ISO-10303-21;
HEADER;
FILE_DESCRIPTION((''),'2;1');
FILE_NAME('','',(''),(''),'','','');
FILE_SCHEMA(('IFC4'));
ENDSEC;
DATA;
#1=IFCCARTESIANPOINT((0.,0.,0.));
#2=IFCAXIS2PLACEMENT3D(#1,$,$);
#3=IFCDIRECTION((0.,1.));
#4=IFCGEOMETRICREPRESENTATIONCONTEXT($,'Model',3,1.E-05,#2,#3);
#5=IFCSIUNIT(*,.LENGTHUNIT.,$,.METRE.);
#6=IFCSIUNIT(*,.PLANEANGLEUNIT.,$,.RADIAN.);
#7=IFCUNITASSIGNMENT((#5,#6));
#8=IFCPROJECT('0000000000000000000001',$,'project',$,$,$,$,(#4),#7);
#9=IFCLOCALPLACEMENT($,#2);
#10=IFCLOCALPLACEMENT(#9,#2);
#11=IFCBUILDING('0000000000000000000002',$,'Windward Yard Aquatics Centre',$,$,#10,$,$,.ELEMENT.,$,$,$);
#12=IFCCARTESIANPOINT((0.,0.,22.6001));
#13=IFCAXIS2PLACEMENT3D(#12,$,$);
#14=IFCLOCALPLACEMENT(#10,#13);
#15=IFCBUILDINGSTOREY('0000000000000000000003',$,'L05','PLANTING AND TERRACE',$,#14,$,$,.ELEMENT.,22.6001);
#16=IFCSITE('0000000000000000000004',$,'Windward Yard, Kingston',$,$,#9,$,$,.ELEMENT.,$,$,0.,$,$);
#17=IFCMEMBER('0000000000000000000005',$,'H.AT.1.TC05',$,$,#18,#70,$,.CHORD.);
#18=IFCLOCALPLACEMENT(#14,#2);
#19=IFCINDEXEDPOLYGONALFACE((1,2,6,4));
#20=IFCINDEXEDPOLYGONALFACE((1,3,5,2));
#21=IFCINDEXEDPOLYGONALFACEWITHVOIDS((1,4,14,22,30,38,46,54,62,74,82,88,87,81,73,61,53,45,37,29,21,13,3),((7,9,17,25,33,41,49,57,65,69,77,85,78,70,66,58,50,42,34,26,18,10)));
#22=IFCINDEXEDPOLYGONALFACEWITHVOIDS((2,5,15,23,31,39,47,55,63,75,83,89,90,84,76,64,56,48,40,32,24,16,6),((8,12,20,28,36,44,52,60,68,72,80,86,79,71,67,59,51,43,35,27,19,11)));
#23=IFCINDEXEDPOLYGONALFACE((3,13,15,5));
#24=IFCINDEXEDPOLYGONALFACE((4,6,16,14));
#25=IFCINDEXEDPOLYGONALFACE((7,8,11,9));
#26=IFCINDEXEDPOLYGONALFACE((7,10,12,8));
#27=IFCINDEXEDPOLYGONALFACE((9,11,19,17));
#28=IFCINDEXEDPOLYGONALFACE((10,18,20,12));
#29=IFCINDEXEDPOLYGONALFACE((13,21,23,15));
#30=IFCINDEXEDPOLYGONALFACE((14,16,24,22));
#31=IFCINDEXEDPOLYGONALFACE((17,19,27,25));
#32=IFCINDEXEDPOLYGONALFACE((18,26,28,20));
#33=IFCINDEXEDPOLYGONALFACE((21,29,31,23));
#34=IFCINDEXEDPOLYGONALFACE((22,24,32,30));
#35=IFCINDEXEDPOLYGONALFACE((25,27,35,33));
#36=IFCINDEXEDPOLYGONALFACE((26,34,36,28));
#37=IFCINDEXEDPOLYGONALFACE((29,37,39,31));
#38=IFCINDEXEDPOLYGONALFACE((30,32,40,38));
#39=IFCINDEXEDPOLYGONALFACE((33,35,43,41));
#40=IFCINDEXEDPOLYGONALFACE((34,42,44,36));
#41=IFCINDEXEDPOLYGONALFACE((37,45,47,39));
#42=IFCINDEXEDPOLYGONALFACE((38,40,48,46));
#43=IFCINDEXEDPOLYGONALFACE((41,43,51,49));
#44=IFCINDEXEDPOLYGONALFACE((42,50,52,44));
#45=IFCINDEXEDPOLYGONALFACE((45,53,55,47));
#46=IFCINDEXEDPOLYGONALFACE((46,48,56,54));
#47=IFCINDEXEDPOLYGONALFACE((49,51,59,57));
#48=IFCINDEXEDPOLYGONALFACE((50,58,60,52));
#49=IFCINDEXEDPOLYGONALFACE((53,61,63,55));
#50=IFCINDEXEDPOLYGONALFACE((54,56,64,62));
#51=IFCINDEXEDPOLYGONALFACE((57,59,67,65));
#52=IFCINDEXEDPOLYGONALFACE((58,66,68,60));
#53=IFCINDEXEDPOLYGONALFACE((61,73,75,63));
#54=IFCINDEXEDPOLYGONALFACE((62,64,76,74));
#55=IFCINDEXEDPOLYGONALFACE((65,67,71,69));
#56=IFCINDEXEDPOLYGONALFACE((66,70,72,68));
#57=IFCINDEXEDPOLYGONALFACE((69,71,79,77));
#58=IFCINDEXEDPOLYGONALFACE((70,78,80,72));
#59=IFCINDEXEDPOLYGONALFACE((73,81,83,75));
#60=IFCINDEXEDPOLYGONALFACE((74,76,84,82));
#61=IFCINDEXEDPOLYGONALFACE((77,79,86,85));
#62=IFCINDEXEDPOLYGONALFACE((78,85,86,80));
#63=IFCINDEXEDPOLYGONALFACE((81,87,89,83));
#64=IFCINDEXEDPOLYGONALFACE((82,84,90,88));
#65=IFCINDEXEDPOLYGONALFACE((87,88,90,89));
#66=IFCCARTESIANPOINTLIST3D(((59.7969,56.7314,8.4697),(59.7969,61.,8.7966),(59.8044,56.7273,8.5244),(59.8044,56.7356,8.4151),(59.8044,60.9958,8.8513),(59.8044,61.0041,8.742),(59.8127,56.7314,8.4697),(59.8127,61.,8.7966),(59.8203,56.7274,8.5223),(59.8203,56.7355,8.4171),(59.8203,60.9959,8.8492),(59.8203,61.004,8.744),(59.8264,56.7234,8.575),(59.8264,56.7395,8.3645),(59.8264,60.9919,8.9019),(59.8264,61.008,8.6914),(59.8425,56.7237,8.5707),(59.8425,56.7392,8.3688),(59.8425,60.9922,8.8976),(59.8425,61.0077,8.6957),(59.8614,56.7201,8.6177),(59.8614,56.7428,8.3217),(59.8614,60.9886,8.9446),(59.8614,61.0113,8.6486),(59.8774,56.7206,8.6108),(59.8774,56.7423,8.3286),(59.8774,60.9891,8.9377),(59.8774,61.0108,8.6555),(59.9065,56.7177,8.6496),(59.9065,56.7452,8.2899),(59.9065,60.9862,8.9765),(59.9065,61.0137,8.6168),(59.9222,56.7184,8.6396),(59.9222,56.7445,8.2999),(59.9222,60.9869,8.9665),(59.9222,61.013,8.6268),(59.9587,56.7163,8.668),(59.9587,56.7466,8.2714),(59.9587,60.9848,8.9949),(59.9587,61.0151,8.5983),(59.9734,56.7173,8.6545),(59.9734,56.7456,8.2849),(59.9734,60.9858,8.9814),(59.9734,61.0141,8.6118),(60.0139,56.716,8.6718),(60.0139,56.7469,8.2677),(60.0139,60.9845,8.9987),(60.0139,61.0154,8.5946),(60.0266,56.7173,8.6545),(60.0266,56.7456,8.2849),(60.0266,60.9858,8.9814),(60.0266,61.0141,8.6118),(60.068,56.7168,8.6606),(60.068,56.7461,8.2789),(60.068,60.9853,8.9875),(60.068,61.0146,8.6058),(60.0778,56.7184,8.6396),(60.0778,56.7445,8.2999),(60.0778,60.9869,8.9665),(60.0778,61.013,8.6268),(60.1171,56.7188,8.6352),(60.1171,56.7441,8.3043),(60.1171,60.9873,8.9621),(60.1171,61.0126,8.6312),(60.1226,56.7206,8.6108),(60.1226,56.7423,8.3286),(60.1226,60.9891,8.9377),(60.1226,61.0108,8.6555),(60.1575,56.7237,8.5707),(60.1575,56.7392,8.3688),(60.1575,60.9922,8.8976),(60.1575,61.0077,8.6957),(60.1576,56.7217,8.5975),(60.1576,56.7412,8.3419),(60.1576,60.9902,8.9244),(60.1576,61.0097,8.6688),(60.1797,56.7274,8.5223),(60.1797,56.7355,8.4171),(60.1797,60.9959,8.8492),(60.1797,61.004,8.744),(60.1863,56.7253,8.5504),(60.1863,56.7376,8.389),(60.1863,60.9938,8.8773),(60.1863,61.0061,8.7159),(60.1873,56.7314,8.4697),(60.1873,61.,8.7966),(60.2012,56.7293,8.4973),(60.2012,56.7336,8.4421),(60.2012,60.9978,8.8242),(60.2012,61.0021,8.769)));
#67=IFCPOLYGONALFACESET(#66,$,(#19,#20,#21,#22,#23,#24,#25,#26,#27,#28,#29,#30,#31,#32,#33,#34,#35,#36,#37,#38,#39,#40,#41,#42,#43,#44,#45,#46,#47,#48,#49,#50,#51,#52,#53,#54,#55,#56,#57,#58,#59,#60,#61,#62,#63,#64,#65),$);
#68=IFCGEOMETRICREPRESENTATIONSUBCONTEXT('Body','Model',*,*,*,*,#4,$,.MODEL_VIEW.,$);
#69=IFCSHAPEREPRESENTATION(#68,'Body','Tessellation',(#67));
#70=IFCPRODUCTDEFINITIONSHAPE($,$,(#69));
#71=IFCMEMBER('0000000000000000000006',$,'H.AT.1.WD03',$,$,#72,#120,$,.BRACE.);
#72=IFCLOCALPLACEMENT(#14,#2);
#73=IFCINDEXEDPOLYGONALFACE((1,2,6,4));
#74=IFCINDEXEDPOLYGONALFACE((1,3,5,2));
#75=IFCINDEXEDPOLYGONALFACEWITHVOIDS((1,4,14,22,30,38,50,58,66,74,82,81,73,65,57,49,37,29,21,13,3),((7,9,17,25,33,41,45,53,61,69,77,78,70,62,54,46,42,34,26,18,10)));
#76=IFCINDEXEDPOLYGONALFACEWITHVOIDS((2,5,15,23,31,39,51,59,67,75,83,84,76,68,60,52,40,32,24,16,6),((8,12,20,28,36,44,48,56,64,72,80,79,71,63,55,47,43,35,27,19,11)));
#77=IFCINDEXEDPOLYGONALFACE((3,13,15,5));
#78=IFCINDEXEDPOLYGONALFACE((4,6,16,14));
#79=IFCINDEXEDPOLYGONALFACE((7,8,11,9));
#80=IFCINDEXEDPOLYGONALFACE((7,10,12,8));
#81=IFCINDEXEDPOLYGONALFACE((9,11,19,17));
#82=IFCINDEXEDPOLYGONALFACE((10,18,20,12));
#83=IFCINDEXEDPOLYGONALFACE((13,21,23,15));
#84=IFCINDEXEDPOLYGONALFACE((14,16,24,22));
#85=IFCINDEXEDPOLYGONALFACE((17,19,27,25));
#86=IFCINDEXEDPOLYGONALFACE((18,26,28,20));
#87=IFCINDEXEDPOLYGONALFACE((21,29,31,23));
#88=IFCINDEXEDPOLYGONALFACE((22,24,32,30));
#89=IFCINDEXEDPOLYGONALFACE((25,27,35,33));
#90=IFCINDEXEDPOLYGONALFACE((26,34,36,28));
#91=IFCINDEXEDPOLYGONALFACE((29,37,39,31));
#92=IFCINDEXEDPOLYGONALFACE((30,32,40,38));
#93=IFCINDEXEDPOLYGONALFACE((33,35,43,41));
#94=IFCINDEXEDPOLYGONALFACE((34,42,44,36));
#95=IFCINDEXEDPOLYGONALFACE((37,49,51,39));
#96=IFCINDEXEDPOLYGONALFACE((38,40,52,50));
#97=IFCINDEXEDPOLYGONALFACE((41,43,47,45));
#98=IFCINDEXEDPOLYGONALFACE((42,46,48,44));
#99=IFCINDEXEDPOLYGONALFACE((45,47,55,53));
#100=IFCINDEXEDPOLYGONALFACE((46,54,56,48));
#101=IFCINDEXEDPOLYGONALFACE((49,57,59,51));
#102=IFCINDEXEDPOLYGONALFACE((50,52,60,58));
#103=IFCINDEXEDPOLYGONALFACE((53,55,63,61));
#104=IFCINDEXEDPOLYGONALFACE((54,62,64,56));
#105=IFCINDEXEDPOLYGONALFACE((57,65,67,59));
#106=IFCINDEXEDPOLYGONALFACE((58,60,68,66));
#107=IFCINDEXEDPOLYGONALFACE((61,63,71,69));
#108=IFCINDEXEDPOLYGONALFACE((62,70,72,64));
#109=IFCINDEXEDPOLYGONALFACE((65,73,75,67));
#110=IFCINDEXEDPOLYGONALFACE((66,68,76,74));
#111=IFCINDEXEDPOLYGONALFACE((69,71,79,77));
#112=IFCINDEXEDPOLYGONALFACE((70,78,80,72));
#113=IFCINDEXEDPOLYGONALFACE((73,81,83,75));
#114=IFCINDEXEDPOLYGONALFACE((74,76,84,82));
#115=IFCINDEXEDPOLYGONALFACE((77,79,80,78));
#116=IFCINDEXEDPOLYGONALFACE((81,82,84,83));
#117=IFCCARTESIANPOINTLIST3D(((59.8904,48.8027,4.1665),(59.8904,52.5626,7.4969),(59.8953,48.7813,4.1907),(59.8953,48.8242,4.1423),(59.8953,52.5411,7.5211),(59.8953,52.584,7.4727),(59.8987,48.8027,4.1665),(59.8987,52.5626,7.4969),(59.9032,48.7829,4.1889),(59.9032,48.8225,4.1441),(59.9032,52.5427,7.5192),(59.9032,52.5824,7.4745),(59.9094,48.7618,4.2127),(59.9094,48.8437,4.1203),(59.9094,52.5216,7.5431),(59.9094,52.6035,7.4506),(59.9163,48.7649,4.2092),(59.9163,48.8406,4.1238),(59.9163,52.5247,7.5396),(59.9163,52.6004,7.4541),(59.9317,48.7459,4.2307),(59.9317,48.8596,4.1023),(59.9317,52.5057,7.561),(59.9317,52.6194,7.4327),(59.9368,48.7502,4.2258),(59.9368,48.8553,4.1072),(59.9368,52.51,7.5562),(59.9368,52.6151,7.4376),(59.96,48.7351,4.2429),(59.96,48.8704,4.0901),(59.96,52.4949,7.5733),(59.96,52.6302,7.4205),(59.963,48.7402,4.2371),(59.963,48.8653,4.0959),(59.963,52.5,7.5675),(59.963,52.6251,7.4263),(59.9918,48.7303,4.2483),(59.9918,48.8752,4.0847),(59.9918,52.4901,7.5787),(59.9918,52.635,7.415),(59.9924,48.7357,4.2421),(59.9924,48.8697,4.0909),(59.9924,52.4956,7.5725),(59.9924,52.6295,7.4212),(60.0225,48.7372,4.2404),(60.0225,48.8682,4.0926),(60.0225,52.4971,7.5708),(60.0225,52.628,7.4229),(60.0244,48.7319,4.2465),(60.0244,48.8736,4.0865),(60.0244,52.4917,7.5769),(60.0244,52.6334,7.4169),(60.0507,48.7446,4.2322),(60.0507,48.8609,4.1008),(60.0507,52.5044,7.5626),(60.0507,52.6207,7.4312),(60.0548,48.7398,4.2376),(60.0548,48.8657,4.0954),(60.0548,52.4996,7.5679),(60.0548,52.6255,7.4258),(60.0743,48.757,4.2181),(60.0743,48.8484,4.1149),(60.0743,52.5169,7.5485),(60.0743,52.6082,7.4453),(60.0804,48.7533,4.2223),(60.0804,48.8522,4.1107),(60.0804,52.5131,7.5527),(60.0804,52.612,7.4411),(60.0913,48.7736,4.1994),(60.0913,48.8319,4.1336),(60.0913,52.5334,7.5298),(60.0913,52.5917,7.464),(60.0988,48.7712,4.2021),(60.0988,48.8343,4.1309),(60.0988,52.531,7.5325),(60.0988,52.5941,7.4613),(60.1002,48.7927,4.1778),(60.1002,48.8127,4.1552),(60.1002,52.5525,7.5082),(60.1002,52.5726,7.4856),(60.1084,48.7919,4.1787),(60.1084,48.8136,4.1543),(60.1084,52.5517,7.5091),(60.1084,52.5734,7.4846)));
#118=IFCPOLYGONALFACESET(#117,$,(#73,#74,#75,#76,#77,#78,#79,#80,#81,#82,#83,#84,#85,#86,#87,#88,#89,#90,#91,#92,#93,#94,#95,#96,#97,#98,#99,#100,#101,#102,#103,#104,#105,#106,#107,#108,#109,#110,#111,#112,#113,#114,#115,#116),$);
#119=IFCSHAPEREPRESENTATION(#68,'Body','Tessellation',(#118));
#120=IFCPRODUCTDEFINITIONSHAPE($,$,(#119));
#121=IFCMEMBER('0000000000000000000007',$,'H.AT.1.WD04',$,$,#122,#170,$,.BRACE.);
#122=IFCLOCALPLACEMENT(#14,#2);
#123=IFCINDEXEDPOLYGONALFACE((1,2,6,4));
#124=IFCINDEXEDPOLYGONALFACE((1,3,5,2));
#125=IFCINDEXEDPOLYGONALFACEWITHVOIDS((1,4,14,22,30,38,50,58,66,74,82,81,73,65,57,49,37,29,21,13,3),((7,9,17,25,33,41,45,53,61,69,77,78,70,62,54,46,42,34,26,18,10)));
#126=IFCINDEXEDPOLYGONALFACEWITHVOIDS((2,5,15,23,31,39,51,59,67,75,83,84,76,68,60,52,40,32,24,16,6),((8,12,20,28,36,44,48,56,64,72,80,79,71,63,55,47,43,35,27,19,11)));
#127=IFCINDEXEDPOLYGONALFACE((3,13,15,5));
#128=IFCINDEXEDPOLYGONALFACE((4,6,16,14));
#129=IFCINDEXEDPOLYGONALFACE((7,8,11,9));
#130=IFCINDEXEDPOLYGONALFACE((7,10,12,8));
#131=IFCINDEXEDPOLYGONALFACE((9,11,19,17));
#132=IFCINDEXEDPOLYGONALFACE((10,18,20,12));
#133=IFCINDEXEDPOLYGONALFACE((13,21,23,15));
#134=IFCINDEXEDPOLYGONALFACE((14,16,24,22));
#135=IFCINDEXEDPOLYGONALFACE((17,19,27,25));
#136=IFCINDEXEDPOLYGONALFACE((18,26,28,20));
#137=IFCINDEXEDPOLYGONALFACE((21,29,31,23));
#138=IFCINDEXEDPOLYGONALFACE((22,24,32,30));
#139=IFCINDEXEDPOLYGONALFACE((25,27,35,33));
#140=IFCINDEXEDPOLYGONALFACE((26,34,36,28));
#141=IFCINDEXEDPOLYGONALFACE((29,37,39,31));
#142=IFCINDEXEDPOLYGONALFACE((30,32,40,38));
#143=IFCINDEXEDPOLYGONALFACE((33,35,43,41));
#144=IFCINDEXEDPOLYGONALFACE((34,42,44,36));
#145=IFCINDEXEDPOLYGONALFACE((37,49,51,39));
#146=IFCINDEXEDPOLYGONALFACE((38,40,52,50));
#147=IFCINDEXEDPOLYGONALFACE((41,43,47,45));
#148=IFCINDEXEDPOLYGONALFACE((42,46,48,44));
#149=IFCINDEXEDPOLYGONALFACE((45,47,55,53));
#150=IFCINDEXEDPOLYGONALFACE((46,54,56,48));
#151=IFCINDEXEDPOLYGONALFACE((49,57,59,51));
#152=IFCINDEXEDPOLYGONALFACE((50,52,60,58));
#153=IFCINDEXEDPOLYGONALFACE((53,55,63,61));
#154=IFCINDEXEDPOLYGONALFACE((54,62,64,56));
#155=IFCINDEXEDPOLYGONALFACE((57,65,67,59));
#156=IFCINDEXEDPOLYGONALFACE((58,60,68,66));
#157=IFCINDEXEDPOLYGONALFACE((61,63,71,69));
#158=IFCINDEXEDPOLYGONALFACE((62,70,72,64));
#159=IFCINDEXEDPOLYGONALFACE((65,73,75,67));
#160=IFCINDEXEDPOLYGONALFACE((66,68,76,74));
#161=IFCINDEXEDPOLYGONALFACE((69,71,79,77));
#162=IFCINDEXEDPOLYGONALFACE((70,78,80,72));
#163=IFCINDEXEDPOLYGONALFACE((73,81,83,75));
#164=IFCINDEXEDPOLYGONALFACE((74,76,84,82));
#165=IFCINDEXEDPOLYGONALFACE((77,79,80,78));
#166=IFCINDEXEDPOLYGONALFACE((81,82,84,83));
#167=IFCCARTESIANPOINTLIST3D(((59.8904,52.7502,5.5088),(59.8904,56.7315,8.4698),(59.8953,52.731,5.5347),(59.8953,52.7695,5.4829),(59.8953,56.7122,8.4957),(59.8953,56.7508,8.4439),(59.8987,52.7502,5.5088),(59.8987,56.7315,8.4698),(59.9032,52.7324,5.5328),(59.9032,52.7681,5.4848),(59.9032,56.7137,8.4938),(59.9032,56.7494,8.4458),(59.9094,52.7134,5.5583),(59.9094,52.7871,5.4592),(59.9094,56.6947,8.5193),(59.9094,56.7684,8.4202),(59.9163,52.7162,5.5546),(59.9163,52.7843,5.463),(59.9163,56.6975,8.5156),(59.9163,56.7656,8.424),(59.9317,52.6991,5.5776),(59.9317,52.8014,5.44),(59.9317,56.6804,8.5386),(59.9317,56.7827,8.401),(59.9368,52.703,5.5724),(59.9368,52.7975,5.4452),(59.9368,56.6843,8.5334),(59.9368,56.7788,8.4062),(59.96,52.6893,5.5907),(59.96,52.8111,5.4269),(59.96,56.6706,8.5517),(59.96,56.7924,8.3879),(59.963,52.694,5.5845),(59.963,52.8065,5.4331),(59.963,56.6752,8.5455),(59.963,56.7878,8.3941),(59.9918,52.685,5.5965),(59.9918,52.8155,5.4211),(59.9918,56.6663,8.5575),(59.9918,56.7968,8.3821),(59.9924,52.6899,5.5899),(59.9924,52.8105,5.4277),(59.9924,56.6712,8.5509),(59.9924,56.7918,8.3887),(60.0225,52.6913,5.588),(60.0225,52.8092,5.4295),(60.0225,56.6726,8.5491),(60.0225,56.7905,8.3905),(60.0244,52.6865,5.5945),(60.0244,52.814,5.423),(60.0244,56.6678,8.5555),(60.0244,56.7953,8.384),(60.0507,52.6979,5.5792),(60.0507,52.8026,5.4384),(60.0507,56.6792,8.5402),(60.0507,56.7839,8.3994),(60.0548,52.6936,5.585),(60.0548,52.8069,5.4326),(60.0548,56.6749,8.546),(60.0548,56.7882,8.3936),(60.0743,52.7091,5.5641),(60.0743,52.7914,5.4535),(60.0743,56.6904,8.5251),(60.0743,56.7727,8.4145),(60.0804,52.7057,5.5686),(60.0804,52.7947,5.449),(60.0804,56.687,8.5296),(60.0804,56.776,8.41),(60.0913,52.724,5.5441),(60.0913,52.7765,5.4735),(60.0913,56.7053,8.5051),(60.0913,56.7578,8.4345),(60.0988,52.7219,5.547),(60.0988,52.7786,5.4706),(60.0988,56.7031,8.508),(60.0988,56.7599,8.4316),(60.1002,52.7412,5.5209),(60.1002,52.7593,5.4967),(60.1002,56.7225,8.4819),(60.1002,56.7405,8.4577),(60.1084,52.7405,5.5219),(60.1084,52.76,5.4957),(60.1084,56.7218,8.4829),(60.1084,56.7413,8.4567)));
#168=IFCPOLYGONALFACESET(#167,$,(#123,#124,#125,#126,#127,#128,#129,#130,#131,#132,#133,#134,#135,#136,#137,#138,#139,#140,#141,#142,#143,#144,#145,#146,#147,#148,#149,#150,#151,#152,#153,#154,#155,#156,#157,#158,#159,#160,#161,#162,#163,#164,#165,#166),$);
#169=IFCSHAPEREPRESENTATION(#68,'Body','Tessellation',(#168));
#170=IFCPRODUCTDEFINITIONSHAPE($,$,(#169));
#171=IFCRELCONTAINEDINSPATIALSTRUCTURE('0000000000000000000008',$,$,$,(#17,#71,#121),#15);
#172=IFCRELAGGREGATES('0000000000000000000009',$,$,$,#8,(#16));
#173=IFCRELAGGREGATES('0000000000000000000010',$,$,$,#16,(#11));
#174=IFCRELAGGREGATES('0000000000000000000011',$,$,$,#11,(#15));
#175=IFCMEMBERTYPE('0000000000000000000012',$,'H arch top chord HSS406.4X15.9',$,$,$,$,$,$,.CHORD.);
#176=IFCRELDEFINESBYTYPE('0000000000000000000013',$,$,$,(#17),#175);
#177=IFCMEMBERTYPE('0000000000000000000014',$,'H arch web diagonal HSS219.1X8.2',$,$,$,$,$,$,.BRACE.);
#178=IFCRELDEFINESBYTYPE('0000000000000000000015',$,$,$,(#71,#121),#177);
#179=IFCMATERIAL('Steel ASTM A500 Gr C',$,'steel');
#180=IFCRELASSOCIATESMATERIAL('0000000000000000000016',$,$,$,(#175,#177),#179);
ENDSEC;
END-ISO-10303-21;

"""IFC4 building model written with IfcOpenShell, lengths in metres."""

from ifc_helpers import new_model, si_unit, direction, frame, origin, origin_2d, place, context, subcontext, project, spatial, hollow_circle, extrude, material, material_profile, profile_set, type_object, element, save


model = new_model("IFC4")

# Units and contexts
model_context = context("Model", 3, precision=1e-05, world=origin(), true_north=direction((0.0, 1.0)))
body_context = subcontext(model_context, "Body", "Model", "MODEL_VIEW")
ifc_project = project(units=[si_unit("LENGTHUNIT", "METRE"), si_unit("PLANEANGLEUNIT", "RADIAN")], contexts=[model_context])

# Site, building, storey
site_placement = place(None, origin())
site = spatial("IfcSite", under=ifc_project, at=site_placement, Name="Windward Yard, Kingston", CompositionType="ELEMENT", RefElevation=0.0)
building_placement = place(site_placement, origin())
building = spatial("IfcBuilding", under=site, at=building_placement, Name="Windward Yard Aquatics Centre", CompositionType="ELEMENT")
storey_placement = place(building_placement, frame((0.0, 0.0, 22.6001)))
storey = spatial("IfcBuildingStorey", under=building, at=storey_placement, Name="L05", Description="PLANTING AND TERRACE", CompositionType="ELEMENT", Elevation=22.6001)

# Members
ifc_material_1 = material(Name="Steel ASTM A500 Gr C", Category="steel")
ifc_material_profile_1 = material_profile(ifc_material_1, hollow_circle(Radius=0.2031, WallThickness=0.0159, at=origin_2d()), Name="HSS406.4X15.9")
ifc_profile_set_1 = profile_set([ifc_material_profile_1], Name="Steel ASTM A500 Gr C")
member_type_1 = type_object("IfcMemberType", Name="H arch top chord HSS406.4X15.9", PredefinedType="CHORD", material=ifc_profile_set_1)
member_1_placement = place(storey_placement, frame((60.0, 56.7314, 8.4697), z_axis=(0.0, 0.99708, 0.076361), x_axis=(-1.0, 0.0, 0.0)))
element("IfcMember", 1, at=member_1_placement, inside=storey, type_object=member_type_1, Name="H.AT.1.TC05", PredefinedType="CHORD", context=body_context, shape_type="SweptSolid", body=[
    extrude(hollow_circle(Radius=0.2031, WallThickness=0.0159, at=origin_2d()), origin(), (0.0, 0.0, 1.0), 4.281),
])
ifc_material_profile_2 = material_profile(ifc_material_1, hollow_circle(Radius=0.1096, WallThickness=0.0083, at=origin_2d()), Name="HSS219.1X8.2")
ifc_profile_set_2 = profile_set([ifc_material_profile_2], Name="Steel ASTM A500 Gr C")
member_type_2 = type_object("IfcMemberType", Name="H arch web diagonal HSS219.1X8.2", PredefinedType="BRACE", material=ifc_profile_set_2)
member_2_placement = place(storey_placement, frame((60.0, 48.8027, 4.1665), z_axis=(0.0, 0.748564, 0.663062), x_axis=(-1.0, 0.0, 0.0)))
element("IfcMember", 2, at=member_2_placement, inside=storey, type_object=member_type_2, Name="H.AT.1.WD03", PredefinedType="BRACE", context=body_context, shape_type="SweptSolid", body=[
    extrude(hollow_circle(Radius=0.1096, WallThickness=0.0083, at=origin_2d()), origin(), (0.0, 0.0, 1.0), 5.0227),
])
member_3_placement = place(storey_placement, frame((60.0, 52.7502, 5.5088), z_axis=(0.0, 0.802409, 0.596775), x_axis=(-1.0, 0.0, 0.0)))
element("IfcMember", 3, at=member_3_placement, inside=storey, type_object=member_type_2, Name="H.AT.1.WD04", PredefinedType="BRACE", context=body_context, shape_type="SweptSolid", body=[
    extrude(hollow_circle(Radius=0.1096, WallThickness=0.0083, at=origin_2d()), origin(), (0.0, 0.0, 1.0), 4.9617),
])

save(model, "model.ifc")
